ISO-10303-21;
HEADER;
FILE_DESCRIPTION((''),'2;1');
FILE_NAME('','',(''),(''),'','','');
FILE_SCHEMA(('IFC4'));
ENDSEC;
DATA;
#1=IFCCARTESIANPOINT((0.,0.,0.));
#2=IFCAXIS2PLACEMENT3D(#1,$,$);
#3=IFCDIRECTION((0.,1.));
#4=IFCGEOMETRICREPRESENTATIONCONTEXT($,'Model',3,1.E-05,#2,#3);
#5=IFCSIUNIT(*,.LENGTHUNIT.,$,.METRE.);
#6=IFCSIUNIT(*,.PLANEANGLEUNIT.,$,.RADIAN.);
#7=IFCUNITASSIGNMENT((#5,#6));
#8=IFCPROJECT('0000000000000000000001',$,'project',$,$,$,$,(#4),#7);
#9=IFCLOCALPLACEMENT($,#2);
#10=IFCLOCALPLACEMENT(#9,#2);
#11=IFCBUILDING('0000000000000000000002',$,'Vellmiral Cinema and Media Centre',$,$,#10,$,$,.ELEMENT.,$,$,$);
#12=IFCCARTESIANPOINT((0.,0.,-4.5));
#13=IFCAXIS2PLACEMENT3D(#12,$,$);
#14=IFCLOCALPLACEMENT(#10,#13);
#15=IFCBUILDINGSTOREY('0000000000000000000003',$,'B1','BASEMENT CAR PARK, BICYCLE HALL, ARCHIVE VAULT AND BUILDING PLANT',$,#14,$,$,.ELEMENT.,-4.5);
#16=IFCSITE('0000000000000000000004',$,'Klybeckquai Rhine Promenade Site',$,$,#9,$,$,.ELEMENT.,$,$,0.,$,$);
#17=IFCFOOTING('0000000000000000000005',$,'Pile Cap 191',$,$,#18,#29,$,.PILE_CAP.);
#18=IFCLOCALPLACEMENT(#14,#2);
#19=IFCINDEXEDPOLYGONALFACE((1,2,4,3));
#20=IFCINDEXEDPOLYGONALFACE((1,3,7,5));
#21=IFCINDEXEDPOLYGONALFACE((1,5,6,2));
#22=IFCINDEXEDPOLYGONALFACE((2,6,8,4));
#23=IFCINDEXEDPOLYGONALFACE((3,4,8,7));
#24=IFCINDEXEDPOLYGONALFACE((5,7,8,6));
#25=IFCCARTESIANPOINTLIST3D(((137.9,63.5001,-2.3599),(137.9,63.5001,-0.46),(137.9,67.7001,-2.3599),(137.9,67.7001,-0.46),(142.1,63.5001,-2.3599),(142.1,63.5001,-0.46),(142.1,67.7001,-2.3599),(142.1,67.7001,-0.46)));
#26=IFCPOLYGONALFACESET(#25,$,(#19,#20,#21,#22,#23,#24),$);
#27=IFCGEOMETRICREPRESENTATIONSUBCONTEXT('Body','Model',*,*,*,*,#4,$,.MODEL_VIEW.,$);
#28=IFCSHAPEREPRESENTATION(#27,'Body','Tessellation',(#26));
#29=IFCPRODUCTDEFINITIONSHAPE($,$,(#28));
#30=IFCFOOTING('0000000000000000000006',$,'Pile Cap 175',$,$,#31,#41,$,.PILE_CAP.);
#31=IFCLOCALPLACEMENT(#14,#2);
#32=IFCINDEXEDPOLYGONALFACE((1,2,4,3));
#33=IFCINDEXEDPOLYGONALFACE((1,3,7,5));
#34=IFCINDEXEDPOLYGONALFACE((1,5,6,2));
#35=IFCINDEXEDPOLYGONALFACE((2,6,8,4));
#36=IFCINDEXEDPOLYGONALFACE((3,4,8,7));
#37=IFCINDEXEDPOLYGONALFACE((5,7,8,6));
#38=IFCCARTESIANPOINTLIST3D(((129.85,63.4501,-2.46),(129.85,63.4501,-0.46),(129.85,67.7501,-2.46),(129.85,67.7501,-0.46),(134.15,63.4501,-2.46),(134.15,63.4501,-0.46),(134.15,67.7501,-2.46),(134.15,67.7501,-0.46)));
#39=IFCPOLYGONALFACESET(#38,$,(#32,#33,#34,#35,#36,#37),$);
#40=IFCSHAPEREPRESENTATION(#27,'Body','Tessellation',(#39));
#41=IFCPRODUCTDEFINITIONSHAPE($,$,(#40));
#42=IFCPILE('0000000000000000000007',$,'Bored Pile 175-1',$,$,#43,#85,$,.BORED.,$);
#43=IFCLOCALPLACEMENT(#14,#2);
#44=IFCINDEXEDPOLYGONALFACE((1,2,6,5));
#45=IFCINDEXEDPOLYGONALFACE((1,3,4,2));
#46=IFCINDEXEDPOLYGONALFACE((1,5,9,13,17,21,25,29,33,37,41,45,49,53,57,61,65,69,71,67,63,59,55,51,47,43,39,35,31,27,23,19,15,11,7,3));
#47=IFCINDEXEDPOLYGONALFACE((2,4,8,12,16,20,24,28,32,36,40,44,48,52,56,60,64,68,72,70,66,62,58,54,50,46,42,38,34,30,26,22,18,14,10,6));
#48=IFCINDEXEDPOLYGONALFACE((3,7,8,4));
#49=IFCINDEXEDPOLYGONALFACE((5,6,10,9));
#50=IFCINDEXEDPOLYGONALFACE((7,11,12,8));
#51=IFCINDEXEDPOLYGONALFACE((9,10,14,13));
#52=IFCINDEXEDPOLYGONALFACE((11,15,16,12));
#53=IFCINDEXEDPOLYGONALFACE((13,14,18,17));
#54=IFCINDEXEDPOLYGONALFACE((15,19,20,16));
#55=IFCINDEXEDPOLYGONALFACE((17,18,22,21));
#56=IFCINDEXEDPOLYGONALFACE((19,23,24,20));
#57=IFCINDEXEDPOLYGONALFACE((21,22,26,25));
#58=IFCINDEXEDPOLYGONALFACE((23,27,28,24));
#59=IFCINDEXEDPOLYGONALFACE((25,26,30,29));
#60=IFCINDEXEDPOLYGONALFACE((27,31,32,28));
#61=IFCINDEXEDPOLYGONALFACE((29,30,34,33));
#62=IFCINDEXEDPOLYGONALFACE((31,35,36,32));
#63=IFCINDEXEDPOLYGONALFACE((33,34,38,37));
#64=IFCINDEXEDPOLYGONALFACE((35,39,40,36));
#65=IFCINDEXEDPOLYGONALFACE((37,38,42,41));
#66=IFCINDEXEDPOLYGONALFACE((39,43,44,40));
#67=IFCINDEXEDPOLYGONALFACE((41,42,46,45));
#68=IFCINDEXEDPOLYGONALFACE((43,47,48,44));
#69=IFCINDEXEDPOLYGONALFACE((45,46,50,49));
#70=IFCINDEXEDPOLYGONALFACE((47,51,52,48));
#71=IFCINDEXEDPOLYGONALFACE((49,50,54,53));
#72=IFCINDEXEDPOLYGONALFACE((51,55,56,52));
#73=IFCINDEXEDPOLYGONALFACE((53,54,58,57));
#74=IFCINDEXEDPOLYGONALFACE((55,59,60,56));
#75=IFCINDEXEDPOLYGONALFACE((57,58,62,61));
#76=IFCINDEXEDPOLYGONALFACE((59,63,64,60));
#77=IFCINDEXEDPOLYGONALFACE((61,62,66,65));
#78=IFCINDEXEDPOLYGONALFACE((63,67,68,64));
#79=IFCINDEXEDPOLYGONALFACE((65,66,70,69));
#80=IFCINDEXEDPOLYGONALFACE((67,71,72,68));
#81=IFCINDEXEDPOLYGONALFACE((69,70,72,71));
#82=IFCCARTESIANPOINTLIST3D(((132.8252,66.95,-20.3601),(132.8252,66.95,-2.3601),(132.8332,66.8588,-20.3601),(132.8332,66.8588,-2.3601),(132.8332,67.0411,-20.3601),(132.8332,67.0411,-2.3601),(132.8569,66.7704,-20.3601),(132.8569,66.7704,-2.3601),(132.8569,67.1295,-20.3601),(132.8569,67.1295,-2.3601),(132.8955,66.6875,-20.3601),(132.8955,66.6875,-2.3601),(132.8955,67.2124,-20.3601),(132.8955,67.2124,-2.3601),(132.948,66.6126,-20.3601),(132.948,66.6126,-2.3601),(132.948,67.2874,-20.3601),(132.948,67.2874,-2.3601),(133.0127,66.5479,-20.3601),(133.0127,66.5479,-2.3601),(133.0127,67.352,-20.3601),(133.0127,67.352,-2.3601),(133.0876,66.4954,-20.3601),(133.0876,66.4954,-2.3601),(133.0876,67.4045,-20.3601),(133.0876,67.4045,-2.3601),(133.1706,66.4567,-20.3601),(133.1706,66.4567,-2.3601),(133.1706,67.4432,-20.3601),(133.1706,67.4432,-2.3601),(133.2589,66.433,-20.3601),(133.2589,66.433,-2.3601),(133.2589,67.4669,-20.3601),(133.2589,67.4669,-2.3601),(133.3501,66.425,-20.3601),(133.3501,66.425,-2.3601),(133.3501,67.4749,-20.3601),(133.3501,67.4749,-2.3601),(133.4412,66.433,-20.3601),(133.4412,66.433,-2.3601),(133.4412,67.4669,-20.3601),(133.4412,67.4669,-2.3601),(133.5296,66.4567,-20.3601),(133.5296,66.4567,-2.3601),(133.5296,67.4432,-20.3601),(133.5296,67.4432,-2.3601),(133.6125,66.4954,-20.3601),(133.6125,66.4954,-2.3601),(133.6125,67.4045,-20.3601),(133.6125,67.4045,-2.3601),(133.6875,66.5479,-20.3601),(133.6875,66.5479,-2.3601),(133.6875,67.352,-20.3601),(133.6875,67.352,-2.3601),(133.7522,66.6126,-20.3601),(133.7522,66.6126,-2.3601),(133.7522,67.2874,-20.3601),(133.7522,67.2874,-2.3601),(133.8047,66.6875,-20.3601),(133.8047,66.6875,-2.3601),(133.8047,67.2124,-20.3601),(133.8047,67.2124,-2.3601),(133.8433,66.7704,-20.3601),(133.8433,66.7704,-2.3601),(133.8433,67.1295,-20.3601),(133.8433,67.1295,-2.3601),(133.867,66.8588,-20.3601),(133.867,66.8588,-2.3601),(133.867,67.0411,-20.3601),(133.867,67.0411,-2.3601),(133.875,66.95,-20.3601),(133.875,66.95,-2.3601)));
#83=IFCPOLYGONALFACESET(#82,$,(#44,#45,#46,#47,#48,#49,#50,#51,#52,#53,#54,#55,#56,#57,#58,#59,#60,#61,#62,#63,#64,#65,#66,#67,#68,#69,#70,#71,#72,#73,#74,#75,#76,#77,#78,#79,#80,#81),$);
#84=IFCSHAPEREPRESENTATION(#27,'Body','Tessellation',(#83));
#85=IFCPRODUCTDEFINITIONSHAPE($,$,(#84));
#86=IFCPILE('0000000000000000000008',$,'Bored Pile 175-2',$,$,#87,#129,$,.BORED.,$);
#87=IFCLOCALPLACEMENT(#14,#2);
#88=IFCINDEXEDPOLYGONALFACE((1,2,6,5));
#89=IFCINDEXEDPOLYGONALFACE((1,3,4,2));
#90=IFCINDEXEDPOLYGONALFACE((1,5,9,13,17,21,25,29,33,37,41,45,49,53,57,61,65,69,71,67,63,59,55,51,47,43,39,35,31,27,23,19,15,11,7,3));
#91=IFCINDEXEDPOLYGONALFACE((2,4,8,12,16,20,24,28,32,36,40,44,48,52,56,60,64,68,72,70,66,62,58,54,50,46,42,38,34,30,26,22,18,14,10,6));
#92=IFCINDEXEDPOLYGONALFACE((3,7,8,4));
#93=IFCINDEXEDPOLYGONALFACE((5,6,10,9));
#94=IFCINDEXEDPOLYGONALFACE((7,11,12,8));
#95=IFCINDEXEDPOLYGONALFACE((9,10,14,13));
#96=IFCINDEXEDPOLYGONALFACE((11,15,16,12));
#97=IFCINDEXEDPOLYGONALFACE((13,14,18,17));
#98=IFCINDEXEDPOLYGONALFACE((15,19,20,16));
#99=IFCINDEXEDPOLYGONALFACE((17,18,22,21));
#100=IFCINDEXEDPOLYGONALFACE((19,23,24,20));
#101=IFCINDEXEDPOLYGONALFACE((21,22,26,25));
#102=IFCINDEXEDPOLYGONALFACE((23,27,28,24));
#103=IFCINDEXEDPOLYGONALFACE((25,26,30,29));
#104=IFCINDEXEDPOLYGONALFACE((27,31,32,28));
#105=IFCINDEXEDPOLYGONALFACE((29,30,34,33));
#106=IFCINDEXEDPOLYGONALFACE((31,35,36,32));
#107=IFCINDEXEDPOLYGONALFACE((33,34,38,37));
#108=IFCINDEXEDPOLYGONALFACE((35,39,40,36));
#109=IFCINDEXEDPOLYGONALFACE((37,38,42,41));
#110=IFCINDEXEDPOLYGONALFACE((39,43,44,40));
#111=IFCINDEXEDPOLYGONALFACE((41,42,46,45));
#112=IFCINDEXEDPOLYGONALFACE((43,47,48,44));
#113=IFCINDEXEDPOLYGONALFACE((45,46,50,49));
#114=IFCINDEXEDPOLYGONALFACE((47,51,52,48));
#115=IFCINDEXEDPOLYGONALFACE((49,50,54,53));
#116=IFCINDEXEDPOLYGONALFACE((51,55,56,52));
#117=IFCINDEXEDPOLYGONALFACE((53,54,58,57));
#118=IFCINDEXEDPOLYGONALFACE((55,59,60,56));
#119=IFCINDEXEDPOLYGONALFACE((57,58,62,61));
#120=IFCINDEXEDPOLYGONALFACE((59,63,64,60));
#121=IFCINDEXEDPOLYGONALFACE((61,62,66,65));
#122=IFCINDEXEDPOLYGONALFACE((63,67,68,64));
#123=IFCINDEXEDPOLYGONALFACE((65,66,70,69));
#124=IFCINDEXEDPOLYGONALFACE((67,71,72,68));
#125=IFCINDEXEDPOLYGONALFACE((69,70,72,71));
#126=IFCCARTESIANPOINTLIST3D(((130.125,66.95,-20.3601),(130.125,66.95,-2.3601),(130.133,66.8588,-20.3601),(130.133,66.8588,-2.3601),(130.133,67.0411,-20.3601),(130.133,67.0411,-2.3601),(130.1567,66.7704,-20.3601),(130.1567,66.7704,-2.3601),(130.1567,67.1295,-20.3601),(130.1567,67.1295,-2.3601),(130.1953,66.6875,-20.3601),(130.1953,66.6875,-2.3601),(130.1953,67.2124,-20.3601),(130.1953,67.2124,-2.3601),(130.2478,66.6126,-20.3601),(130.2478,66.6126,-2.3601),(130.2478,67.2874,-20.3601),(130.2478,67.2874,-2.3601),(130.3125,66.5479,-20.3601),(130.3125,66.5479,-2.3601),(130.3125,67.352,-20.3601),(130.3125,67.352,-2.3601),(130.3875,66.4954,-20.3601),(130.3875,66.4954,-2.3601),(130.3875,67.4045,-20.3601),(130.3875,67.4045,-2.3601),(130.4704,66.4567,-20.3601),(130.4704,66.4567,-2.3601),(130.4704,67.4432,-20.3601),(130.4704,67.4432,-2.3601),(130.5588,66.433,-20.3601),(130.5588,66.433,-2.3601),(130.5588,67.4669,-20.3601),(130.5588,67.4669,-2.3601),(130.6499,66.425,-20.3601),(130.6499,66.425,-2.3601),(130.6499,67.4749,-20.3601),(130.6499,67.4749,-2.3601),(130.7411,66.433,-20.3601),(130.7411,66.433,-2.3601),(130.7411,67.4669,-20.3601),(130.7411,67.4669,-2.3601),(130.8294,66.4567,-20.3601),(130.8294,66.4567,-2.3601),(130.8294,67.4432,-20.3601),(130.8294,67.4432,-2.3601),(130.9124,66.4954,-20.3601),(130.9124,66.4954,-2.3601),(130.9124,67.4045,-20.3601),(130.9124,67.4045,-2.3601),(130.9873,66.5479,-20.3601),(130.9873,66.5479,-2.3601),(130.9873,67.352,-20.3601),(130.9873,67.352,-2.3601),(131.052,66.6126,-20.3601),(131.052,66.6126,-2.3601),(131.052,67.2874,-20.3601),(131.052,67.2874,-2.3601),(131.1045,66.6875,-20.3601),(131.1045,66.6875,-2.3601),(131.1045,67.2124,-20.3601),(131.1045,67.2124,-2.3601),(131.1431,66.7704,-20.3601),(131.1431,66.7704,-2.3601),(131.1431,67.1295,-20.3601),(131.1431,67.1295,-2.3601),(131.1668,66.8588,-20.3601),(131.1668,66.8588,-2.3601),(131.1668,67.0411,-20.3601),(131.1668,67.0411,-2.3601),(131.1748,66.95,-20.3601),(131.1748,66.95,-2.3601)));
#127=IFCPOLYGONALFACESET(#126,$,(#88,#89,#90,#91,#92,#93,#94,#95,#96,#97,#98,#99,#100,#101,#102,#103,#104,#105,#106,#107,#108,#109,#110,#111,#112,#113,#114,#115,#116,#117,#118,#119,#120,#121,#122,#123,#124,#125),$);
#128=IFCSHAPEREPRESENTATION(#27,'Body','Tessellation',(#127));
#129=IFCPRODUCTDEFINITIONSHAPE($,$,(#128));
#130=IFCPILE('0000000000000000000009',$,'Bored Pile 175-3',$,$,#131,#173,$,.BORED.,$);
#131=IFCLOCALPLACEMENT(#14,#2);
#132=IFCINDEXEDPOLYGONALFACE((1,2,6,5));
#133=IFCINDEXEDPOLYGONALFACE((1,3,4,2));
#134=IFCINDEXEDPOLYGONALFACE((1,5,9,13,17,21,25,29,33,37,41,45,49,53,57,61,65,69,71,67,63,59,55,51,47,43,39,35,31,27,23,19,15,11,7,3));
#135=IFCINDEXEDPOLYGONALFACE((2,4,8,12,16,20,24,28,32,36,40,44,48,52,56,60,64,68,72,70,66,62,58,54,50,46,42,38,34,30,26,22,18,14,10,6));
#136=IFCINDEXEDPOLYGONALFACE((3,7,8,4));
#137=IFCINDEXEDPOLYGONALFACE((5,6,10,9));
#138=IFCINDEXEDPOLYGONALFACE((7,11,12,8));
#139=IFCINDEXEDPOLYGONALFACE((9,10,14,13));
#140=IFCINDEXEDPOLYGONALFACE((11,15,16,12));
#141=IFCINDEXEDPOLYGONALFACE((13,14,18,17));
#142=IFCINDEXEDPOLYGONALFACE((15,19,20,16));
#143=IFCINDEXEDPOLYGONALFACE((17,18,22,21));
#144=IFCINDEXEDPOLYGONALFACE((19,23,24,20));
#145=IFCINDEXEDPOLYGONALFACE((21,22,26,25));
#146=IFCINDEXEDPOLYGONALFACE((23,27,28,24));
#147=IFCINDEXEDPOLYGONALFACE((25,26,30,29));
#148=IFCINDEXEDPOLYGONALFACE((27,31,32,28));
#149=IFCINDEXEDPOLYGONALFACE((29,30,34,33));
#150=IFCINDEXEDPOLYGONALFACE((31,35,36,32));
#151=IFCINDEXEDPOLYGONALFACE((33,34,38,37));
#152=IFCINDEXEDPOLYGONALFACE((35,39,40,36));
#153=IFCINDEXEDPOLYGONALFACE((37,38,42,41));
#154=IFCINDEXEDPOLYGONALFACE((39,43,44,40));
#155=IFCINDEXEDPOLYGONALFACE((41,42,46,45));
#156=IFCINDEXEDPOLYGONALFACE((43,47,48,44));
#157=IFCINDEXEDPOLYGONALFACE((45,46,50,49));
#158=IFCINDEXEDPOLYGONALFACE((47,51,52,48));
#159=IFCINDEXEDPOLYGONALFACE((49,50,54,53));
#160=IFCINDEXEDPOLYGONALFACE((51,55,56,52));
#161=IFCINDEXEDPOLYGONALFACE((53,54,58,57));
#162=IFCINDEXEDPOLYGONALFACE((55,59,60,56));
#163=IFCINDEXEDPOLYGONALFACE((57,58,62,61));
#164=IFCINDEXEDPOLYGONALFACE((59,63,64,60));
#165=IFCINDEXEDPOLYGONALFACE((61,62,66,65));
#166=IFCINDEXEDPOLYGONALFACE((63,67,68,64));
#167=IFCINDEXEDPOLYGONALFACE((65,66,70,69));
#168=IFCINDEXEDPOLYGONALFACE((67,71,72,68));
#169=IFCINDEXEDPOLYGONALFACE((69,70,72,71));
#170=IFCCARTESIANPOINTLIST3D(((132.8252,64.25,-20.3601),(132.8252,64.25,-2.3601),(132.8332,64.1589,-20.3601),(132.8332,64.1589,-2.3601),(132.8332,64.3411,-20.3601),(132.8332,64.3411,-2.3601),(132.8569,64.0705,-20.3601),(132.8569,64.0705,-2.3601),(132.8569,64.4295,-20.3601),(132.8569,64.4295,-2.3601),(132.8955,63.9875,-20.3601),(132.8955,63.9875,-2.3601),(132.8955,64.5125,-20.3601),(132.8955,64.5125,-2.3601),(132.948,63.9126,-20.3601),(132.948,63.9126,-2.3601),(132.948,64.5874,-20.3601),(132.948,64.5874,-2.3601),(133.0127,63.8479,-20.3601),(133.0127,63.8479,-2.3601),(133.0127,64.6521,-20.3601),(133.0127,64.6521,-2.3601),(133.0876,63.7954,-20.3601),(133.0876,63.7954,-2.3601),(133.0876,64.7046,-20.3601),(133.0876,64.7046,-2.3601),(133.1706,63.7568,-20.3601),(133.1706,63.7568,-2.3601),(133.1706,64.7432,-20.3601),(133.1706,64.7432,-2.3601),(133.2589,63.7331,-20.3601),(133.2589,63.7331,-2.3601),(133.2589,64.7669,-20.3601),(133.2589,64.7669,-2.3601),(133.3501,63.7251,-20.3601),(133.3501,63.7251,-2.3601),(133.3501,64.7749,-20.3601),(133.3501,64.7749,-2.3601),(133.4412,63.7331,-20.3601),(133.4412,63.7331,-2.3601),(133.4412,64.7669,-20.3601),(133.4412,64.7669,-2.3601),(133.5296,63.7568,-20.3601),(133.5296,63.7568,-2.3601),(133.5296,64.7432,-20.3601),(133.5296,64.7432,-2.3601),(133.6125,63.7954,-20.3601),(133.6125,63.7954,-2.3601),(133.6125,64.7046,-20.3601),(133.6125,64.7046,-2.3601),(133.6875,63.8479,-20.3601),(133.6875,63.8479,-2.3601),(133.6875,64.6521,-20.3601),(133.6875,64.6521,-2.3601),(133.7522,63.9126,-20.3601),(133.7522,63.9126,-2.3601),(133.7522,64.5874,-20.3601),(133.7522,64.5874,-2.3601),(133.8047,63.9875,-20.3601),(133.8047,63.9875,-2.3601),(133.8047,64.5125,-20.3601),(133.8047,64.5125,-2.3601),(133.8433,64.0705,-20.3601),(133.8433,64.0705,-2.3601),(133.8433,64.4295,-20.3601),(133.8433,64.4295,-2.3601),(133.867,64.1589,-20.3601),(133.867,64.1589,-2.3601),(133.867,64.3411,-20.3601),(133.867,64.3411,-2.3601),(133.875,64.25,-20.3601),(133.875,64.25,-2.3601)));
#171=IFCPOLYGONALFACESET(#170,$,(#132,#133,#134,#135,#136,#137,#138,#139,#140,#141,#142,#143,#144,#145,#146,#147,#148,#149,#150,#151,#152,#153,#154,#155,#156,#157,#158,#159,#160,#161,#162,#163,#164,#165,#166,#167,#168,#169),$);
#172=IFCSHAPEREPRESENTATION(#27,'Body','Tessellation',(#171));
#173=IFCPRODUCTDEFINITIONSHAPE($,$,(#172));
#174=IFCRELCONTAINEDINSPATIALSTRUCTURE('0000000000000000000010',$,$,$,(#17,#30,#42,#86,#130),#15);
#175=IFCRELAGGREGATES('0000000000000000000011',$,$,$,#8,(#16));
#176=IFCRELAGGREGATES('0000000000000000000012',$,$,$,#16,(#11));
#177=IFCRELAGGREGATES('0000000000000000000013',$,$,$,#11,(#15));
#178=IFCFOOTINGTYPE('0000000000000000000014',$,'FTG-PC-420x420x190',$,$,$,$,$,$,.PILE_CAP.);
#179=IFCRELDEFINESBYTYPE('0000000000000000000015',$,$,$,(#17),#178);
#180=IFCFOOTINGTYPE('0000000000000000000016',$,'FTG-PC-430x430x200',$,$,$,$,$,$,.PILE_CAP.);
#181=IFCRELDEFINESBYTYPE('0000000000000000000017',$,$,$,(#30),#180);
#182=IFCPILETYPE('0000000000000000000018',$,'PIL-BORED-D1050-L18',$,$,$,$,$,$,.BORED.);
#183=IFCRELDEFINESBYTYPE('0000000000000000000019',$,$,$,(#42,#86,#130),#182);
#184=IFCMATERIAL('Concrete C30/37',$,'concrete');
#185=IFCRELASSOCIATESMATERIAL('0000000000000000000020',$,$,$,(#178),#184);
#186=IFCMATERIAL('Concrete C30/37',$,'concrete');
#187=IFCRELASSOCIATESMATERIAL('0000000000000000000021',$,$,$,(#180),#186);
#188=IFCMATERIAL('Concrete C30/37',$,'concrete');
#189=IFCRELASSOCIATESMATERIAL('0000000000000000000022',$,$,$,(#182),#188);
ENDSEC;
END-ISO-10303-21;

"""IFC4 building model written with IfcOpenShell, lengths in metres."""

from ifc_helpers import new_model, si_unit, direction, frame, origin, origin_2d, place, context, subcontext, project, spatial, rectangle, circle, extrude, material, material_profile, profile_set, type_object, element, save


model = new_model("IFC4")

# Units and contexts
model_context = context("Model", 3, precision=1e-05, world=origin(), true_north=direction((0.0, 1.0)))
body_context = subcontext(model_context, "Body", "Model", "MODEL_VIEW")
ifc_project = project(units=[si_unit("LENGTHUNIT", "METRE"), si_unit("PLANEANGLEUNIT", "RADIAN")], contexts=[model_context])

# Site, building, storey
site_placement = place(None, origin())
site = spatial("IfcSite", under=ifc_project, at=site_placement, Name="Klybeckquai Rhine Promenade Site", CompositionType="ELEMENT", RefElevation=0.0)
building_placement = place(site_placement, origin())
building = spatial("IfcBuilding", under=site, at=building_placement, Name="Vellmiral Cinema and Media Centre", CompositionType="ELEMENT")
storey_placement = place(building_placement, frame((0.0, 0.0, -4.5)))
storey = spatial("IfcBuildingStorey", under=building, at=storey_placement, Name="B1", Description="BASEMENT CAR PARK, BICYCLE HALL, ARCHIVE VAULT AND BUILDING PLANT", CompositionType="ELEMENT", Elevation=-4.5)

# Footings
ifc_material_1 = material(Name="Concrete C30/37", Category="concrete")
footing_type_1 = type_object("IfcFootingType", Name="FTG-PC-420x420x190", PredefinedType="PILE_CAP", material=ifc_material_1)
footing_1_placement = place(storey_placement, frame((140.0, 65.6001, -2.3599), z_axis=(0.0, 0.0, 1.0), x_axis=(1.0, 0.0, 0.0)))
element("IfcFooting", 1, at=footing_1_placement, inside=storey, type_object=footing_type_1, Name="Pile Cap 191", PredefinedType="PILE_CAP", context=body_context, shape_type="SweptSolid", body=[
    extrude(rectangle(XDim=4.2, YDim=4.2, at=origin_2d()), origin(), (0.0, 0.0, 1.0), 1.8999),
])
ifc_material_2 = material(Name="Concrete C30/37", Category="concrete")
footing_type_2 = type_object("IfcFootingType", Name="FTG-PC-430x430x200", PredefinedType="PILE_CAP", material=ifc_material_2)
footing_2_placement = place(storey_placement, frame((132.0, 65.6001, -2.46), z_axis=(0.0, 0.0, 1.0), x_axis=(1.0, 0.0, 0.0)))
element("IfcFooting", 2, at=footing_2_placement, inside=storey, type_object=footing_type_2, Name="Pile Cap 175", PredefinedType="PILE_CAP", context=body_context, shape_type="SweptSolid", body=[
    extrude(rectangle(XDim=4.3, YDim=4.3, at=origin_2d()), origin(), (0.0, 0.0, 1.0), 2.0),
])

# Piles
ifc_material_3 = material(Name="Concrete C30/37", Category="concrete")
ifc_material_profile_1 = material_profile(ifc_material_3, circle(Radius=0.5249, at=origin_2d()), Name="PILE D1050")
ifc_profile_set_1 = profile_set([ifc_material_profile_1], Name="Concrete C30/37")
pile_type_1 = type_object("IfcPileType", Name="PIL-BORED-D1050-L18", PredefinedType="BORED", material=ifc_profile_set_1)
for number, where, z_axis, x_axis, name in (
    (3, (133.3501, 66.95, -2.3601), (0.0, 0.0, -1.0), (1.0, 0.0, 0.0), "Bored Pile 175-1"),
    (4, (130.6499, 66.95, -2.3601), (0.0, 0.0, -1.0), (1.0, 0.0, 0.0), "Bored Pile 175-2"),
    (5, (133.3501, 64.25, -2.3601), (0.0, 0.0, -1.0), (1.0, 0.0, 0.0), "Bored Pile 175-3"),
):
    element("IfcPile", number, at=place(storey_placement, frame(where, z_axis=z_axis, x_axis=x_axis)), inside=storey, type_object=pile_type_1, Name=name, PredefinedType="BORED", context=body_context, shape_type="SweptSolid", body=[
        extrude(circle(Radius=0.5249, at=origin_2d()), origin(), (0.0, 0.0, 1.0), 18.0),
    ])

save(model, "model.ifc")
